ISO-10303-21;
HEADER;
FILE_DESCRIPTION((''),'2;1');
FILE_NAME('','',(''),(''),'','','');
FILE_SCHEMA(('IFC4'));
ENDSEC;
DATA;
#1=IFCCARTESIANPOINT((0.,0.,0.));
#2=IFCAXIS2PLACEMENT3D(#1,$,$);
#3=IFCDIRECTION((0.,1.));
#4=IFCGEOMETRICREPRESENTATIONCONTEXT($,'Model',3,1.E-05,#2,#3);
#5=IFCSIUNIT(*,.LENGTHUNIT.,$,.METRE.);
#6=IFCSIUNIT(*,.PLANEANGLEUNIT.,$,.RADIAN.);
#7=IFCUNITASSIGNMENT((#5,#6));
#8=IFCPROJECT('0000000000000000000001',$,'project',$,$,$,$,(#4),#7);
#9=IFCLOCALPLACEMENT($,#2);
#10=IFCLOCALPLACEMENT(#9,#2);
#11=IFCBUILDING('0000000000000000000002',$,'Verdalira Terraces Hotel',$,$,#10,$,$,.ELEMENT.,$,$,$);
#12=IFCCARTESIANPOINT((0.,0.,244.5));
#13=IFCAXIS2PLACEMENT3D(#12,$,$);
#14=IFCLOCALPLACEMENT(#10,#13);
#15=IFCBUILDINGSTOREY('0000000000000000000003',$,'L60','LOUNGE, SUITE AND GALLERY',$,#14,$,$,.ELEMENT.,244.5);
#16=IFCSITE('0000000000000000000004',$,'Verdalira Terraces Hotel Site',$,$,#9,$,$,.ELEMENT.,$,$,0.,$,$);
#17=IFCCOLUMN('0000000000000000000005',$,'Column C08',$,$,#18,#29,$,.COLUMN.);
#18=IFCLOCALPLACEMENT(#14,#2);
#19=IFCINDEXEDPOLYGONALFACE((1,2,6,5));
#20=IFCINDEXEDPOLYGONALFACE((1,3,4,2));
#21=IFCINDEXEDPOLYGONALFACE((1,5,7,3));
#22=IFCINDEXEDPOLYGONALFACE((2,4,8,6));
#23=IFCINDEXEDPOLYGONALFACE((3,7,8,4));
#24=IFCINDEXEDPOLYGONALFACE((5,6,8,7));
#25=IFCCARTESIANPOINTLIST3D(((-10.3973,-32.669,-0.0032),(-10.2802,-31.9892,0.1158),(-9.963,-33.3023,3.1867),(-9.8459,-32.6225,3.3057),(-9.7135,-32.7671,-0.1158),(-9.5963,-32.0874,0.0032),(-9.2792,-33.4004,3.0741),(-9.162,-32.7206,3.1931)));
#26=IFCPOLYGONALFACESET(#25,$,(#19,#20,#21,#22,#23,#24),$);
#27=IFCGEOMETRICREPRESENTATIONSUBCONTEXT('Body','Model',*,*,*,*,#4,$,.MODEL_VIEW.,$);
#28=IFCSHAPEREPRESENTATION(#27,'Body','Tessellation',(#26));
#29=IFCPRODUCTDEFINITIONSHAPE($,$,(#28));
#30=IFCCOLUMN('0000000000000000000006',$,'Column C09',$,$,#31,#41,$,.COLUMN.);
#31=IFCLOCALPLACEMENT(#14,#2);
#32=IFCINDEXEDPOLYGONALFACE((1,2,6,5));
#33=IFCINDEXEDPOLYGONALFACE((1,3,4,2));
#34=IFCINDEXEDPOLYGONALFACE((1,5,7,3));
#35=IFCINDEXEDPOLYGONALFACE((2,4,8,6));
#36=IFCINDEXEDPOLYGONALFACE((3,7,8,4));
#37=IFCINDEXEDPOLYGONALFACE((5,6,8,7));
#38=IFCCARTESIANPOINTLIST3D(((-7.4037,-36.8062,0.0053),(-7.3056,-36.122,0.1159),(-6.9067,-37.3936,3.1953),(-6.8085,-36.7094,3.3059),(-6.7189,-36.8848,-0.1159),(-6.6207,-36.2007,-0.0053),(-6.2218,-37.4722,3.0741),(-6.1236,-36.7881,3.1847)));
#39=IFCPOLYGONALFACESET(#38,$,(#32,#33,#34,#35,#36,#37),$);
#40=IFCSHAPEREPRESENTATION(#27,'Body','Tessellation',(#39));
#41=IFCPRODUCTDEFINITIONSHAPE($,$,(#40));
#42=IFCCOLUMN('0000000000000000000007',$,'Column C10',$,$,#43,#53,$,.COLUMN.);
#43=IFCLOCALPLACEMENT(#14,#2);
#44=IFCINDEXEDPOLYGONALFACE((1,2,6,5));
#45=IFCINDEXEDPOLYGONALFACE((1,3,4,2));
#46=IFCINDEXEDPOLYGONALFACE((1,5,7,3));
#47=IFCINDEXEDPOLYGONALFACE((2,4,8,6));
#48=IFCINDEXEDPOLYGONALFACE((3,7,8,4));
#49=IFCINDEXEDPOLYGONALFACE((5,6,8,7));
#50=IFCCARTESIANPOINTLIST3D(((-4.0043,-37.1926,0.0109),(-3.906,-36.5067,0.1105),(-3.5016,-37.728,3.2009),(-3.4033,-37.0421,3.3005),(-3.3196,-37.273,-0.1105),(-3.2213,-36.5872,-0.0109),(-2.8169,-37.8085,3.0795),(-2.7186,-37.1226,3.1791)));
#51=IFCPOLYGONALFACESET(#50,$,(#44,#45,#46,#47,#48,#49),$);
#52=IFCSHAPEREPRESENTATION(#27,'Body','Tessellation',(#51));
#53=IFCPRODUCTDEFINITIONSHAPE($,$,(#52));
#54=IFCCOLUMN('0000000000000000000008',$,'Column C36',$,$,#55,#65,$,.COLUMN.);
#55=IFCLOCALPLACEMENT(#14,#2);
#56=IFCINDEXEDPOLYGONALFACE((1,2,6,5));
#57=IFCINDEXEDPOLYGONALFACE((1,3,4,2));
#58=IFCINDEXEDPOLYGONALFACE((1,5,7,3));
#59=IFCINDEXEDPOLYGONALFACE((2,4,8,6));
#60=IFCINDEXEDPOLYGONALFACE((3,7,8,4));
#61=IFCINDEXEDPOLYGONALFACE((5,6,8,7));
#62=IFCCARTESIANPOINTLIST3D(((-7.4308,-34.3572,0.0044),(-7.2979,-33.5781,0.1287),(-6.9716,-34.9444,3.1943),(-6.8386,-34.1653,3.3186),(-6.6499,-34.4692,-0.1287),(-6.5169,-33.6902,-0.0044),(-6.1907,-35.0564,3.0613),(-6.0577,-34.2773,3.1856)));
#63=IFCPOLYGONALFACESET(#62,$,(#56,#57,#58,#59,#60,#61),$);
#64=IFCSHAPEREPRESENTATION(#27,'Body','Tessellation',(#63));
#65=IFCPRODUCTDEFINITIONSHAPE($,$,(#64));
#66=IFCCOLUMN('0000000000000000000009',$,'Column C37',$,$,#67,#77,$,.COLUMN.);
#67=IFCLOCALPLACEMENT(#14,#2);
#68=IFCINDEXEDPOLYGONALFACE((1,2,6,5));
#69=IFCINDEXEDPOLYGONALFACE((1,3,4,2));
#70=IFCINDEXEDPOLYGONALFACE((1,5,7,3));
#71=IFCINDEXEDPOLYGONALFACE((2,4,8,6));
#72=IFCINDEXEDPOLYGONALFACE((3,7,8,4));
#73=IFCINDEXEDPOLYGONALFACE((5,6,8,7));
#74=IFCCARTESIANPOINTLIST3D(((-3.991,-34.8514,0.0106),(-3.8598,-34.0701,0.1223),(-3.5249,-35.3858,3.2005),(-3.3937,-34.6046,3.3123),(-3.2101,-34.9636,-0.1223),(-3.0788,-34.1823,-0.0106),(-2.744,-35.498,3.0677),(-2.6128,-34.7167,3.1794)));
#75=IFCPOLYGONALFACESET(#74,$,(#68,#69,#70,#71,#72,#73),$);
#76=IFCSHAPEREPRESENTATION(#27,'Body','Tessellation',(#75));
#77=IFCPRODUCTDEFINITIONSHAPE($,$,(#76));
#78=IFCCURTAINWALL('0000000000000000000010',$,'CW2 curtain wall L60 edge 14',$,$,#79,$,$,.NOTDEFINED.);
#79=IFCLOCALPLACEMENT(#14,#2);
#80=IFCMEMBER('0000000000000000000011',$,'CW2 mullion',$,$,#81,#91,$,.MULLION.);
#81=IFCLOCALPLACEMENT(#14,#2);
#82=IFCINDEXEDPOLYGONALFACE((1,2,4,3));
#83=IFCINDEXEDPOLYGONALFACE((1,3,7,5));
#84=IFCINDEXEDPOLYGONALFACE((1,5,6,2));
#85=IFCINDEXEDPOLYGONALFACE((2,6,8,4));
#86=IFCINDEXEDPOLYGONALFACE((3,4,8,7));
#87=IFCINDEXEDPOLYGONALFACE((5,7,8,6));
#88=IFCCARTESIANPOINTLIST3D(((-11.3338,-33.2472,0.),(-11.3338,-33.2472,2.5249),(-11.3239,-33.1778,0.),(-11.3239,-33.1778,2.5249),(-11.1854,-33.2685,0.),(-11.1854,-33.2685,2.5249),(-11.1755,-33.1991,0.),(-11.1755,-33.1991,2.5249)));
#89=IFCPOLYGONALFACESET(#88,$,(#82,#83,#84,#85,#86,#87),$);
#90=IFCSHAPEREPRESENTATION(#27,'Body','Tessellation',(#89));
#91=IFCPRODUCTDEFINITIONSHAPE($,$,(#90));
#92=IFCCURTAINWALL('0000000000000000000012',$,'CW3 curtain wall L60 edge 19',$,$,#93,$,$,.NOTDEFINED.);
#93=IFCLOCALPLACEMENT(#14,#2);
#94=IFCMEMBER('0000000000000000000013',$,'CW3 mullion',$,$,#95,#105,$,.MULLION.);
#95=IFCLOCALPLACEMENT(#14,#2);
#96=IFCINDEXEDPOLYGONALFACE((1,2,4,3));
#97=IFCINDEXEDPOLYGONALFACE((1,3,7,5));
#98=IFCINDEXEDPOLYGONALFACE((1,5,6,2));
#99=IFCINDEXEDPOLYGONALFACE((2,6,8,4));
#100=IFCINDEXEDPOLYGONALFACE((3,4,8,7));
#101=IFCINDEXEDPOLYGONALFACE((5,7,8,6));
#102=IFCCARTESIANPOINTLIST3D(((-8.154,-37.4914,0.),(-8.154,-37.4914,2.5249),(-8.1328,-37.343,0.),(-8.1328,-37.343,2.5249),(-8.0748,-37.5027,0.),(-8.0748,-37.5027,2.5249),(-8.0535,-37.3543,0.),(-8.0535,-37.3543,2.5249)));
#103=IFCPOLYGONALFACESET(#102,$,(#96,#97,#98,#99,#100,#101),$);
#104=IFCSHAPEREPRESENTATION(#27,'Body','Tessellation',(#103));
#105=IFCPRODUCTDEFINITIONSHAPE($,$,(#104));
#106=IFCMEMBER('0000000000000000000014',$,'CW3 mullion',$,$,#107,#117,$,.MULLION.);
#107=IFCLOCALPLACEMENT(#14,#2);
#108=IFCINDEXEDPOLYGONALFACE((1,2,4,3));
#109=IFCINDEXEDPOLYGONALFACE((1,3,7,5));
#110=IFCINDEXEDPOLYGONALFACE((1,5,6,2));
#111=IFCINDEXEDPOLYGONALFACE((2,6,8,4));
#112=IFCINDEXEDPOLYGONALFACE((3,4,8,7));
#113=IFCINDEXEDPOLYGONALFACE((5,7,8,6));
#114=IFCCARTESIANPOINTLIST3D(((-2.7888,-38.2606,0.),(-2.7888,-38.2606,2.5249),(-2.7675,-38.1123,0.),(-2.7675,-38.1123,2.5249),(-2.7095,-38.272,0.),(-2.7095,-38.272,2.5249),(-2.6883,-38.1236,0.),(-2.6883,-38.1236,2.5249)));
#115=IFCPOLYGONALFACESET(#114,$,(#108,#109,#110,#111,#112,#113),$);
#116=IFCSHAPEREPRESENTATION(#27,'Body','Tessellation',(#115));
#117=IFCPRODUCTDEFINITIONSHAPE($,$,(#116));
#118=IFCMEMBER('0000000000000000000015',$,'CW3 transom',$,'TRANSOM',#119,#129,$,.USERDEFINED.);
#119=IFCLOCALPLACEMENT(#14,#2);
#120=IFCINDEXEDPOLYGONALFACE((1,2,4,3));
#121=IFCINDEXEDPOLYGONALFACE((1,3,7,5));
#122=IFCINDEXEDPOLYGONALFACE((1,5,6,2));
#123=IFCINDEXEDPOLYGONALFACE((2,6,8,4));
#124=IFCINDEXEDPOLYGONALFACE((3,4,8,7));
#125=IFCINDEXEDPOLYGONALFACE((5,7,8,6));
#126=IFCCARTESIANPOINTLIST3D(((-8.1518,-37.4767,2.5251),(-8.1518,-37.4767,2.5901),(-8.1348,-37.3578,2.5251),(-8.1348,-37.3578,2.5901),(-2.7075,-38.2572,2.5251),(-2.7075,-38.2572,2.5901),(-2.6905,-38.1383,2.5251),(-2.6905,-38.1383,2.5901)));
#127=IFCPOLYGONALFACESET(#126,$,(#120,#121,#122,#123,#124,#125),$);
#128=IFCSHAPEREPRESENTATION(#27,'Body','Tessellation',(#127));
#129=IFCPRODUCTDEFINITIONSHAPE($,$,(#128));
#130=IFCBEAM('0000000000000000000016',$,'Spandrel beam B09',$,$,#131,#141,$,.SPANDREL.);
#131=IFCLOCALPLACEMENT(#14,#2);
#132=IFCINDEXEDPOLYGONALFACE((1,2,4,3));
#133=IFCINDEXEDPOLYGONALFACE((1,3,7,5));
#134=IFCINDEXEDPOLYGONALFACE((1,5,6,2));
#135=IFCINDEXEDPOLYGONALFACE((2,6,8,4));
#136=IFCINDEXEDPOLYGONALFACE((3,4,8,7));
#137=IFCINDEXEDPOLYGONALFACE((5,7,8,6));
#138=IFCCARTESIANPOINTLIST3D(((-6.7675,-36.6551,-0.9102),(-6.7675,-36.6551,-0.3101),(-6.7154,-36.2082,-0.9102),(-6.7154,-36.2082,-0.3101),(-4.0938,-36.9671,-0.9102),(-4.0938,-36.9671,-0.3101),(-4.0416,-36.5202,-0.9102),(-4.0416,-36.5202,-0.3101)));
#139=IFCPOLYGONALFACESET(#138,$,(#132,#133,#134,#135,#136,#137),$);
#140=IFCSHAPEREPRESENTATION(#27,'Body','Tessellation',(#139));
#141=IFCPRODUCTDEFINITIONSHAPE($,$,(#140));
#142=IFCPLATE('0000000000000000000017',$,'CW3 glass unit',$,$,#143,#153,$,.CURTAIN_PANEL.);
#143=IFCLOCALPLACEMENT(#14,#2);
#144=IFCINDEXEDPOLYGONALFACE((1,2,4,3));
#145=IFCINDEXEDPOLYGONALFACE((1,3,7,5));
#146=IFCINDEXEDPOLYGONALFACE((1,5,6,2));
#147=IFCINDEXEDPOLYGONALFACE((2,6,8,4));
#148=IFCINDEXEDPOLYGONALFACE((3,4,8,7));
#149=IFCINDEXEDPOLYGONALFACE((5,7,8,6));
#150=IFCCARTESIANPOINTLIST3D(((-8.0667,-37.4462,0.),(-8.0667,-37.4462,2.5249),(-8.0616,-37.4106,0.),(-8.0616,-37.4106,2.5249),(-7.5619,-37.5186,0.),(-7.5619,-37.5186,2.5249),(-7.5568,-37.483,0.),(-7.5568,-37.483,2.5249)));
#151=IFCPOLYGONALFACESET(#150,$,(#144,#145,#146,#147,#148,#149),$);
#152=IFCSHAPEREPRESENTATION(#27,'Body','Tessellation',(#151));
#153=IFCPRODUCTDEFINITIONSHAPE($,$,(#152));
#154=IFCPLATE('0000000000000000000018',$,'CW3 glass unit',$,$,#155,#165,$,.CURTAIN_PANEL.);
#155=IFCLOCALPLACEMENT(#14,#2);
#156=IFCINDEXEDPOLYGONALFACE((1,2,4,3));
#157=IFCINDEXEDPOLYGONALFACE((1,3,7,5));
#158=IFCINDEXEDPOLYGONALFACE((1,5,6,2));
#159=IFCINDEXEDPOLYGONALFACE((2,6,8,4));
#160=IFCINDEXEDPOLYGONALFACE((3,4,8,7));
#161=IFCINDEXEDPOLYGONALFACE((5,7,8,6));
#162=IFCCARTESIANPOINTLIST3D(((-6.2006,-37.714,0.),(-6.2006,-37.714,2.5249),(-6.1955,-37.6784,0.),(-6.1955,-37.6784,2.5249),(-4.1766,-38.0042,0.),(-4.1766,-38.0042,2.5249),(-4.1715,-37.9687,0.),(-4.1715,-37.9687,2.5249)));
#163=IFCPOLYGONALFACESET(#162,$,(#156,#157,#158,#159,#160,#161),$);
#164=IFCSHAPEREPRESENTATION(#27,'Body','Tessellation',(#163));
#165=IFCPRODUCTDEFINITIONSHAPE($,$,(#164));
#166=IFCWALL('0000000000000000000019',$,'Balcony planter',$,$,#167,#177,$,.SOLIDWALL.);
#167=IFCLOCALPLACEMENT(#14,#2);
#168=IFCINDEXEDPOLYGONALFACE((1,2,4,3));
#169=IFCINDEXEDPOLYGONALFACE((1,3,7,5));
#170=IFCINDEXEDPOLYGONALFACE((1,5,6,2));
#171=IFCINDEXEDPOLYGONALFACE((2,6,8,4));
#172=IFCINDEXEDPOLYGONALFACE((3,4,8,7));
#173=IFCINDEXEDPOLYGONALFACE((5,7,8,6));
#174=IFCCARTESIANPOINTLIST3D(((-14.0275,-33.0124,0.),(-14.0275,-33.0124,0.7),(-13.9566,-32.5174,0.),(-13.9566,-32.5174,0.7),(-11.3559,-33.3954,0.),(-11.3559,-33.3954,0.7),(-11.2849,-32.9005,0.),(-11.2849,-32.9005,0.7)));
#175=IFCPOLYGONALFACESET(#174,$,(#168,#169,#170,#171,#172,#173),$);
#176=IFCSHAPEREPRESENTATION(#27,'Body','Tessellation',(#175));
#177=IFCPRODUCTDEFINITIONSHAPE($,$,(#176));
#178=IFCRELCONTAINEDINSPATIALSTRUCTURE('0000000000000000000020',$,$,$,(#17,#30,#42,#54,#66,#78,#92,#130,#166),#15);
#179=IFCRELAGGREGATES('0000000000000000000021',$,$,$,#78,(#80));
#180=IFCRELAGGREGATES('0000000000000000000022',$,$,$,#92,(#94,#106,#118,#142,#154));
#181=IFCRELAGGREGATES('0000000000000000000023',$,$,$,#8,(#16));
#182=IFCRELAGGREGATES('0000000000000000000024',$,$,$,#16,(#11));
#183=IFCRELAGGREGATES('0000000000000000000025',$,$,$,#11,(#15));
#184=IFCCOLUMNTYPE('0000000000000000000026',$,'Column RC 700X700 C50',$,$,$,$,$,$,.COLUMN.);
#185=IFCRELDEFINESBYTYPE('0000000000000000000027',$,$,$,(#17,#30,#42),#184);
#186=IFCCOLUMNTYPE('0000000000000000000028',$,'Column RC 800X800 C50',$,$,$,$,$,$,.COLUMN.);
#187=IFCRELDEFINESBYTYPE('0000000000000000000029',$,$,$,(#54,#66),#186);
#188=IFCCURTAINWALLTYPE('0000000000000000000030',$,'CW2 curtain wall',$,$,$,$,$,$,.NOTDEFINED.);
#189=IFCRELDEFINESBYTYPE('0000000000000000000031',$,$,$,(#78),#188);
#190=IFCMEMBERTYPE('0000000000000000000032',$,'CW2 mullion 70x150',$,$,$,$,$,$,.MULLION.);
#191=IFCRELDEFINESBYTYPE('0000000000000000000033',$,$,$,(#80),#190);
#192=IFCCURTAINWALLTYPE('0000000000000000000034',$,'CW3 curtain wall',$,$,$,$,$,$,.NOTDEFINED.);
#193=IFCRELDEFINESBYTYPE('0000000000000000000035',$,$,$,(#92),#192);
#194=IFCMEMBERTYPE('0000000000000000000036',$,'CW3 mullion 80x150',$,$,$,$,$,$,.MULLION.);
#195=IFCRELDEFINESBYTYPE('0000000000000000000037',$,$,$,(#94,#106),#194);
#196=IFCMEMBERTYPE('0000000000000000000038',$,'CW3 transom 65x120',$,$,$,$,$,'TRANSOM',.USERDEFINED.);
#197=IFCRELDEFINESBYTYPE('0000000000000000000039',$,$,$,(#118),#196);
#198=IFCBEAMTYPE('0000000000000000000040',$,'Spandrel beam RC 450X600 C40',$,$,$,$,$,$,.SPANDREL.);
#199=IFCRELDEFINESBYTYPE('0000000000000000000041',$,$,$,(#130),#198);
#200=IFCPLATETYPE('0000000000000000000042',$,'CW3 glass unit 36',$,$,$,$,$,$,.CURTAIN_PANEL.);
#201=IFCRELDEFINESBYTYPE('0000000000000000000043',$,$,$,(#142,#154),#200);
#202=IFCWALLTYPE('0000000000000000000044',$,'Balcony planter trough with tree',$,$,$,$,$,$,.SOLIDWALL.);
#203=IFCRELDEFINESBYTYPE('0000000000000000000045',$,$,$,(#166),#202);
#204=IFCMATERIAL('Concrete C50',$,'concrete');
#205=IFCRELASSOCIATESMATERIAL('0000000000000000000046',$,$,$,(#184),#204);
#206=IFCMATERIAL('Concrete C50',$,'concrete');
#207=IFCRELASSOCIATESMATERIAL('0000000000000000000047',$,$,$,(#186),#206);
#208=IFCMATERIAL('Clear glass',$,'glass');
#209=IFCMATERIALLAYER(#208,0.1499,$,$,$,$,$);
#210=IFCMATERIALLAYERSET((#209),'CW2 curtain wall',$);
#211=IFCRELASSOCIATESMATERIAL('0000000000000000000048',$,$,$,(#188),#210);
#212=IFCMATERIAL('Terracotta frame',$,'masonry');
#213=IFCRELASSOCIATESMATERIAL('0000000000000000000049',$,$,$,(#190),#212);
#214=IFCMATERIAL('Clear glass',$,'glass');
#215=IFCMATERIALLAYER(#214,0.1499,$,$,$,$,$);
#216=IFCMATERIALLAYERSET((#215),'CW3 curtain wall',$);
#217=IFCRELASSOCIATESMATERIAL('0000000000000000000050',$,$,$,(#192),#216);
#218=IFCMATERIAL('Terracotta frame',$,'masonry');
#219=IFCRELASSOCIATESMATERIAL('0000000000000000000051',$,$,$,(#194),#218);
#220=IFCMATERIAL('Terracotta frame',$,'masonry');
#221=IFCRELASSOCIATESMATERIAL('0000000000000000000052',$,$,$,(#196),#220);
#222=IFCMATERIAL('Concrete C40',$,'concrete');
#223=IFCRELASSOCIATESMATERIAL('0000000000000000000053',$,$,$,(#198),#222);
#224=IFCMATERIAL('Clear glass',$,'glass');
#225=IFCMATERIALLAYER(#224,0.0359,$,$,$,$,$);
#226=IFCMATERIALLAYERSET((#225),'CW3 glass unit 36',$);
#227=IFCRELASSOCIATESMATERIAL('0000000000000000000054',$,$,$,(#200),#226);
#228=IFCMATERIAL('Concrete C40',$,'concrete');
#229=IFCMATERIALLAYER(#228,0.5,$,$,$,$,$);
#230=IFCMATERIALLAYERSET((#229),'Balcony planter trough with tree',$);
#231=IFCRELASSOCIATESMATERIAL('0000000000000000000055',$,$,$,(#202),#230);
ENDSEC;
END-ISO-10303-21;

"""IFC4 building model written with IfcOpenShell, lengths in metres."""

from ifc_helpers import new_model, si_unit, direction, frame, frame_2d, origin, origin_2d, place, context, subcontext, project, spatial, rectangle, extrude, material, layer, layer_set, material_profile, profile_set, type_object, element, aggregate, save


model = new_model("IFC4")

# Units and contexts
model_context = context("Model", 3, precision=1e-05, world=origin(), true_north=direction((0.0, 1.0)))
body_context = subcontext(model_context, "Body", "Model", "MODEL_VIEW")
ifc_project = project(units=[si_unit("LENGTHUNIT", "METRE"), si_unit("PLANEANGLEUNIT", "RADIAN")], contexts=[model_context])

# Site, building, storey
site_placement = place(None, origin())
site = spatial("IfcSite", under=ifc_project, at=site_placement, Name="Verdalira Terraces Hotel Site", CompositionType="ELEMENT", RefElevation=0.0)
building_placement = place(site_placement, origin())
building = spatial("IfcBuilding", under=site, at=building_placement, Name="Verdalira Terraces Hotel", CompositionType="ELEMENT")
storey_placement = place(building_placement, frame((0.0, 0.0, 244.5)))
storey = spatial("IfcBuildingStorey", under=building, at=storey_placement, Name="L60", Description="LOUNGE, SUITE AND GALLERY", CompositionType="ELEMENT", Elevation=244.5)

# Columns
ifc_material_1 = material(Name="Concrete C50", Category="concrete")
ifc_material_profile_1 = material_profile(ifc_material_1, rectangle(XDim=0.7, YDim=0.7, at=origin_2d()), Name="RC 700X700")
ifc_profile_set_1 = profile_set([ifc_material_profile_1], Name="Concrete C50")
column_type_1 = type_object("IfcColumnType", Name="Column RC 700X700 C50", PredefinedType="COLUMN", material=ifc_profile_set_1)
column_1_placement = place(storey_placement, frame((-9.9968, -32.3782, 0.0), z_axis=(0.132373, -0.193016, 0.972225), x_axis=(-0.167324, -0.971132, -0.170017)))
element("IfcColumn", 1, at=column_1_placement, inside=storey, type_object=column_type_1, Name="Column C08", PredefinedType="COLUMN", context=body_context, shape_type="SweptSolid", body=[
    extrude(rectangle(XDim=0.7, YDim=0.7, at=origin_2d()), origin(), (0.0, 0.0, 1.0), 3.281),
])
column_2_placement = place(storey_placement, frame((-7.0122, -36.5034, 0.0), z_axis=(0.151479, -0.179008, 0.972116), x_axis=(0.978459, -0.112396, -0.173164)))
element("IfcColumn", 2, at=column_2_placement, inside=storey, type_object=column_type_1, Name="Column C09", PredefinedType="COLUMN", context=body_context, shape_type="SweptSolid", body=[
    extrude(rectangle(XDim=0.7, YDim=0.7, at=origin_2d()), origin(), (0.0, 0.0, 1.0), 3.2815),
])
column_3_placement = place(storey_placement, frame((-3.6128, -36.8899, 0.0), z_axis=(0.153567, -0.163562, 0.974507), x_axis=(0.978108, -0.114997, -0.173436)))
element("IfcColumn", 3, at=column_3_placement, inside=storey, type_object=column_type_1, Name="Column C10", PredefinedType="COLUMN", context=body_context, shape_type="SweptSolid", body=[
    extrude(rectangle(XDim=0.7, YDim=0.7, at=origin_2d()), origin(), (0.0, 0.0, 1.0), 3.2734),
])
ifc_material_2 = material(Name="Concrete C50", Category="concrete")
ifc_material_profile_2 = material_profile(ifc_material_2, rectangle(XDim=0.8, YDim=0.8, at=origin_2d()), Name="RC 800X800")
ifc_profile_set_2 = profile_set([ifc_material_profile_2], Name="Concrete C50")
column_type_2 = type_object("IfcColumnType", Name="Column RC 800X800 C50", PredefinedType="COLUMN", material=ifc_profile_set_2)
column_4_placement = place(storey_placement, frame((-6.9739, -34.0237, 0.0), z_axis=(0.140185, -0.179237, 0.973767), x_axis=(-0.16618, -0.973787, -0.155317)))
element("IfcColumn", 4, at=column_4_placement, inside=storey, type_object=column_type_2, Name="Column C36", PredefinedType="COLUMN", context=body_context, shape_type="SweptSolid", body=[
    extrude(rectangle(XDim=0.8, YDim=0.8, at=origin_2d()), origin(), (0.0, 0.0, 1.0), 3.2759),
])
column_5_placement = place(storey_placement, frame((-3.5349, -34.5168, 0.0), z_axis=(0.142623, -0.163542, 0.976172), x_axis=(-0.164019, -0.976524, -0.139637)))
element("IfcColumn", 5, at=column_5_placement, inside=storey, type_object=column_type_2, Name="Column C37", PredefinedType="COLUMN", context=body_context, shape_type="SweptSolid", body=[
    extrude(rectangle(XDim=0.8, YDim=0.8, at=origin_2d()), origin(), (0.0, 0.0, 1.0), 3.2678),
])

# Curtain wall, member
ifc_material_3 = material(Name="Clear glass", Category="glass")
ifc_layer_1 = layer(ifc_material_3, 0.1499)
ifc_layer_set_1 = layer_set([ifc_layer_1], Name="CW2 curtain wall")
curtain_wall_type_1 = type_object("IfcCurtainWallType", Name="CW2 curtain wall", PredefinedType="NOTDEFINED", material=ifc_layer_set_1)
curtain_wall_1_placement = place(storey_placement, origin())
curtain_wall_1 = element("IfcCurtainWall", 6, at=curtain_wall_1_placement, inside=storey, type_object=curtain_wall_type_1, Name="CW2 curtain wall L60 edge 14", PredefinedType="NOTDEFINED")
ifc_material_4 = material(Name="Terracotta frame", Category="masonry")
ifc_material_profile_3 = material_profile(ifc_material_4, rectangle(XDim=0.0701, YDim=0.1499, at=origin_2d()), Name="MU 70x150")
ifc_profile_set_3 = profile_set([ifc_material_profile_3], Name="Terracotta frame")
member_type_1 = type_object("IfcMemberType", Name="CW2 mullion 70x150", PredefinedType="MULLION", material=ifc_profile_set_3)
member_1_placement = place(storey_placement, frame((-11.2546, -33.2231, 0.0), z_axis=(0.0, 0.0, 1.0), x_axis=(-0.141938, -0.989876, 0.0)))
member_1 = element("IfcMember", 7, at=member_1_placement, type_object=member_type_1, Name="CW2 mullion", PredefinedType="MULLION", context=body_context, shape_type="SweptSolid", body=[
    extrude(rectangle(XDim=0.0701, YDim=0.1499, at=origin_2d()), origin(), (0.0, 0.0, 1.0), 2.5249),
])
aggregate(curtain_wall_1, [member_1])

# Curtain wall, members
ifc_material_5 = material(Name="Clear glass", Category="glass")
ifc_layer_2 = layer(ifc_material_5, 0.1499)
ifc_layer_set_2 = layer_set([ifc_layer_2], Name="CW3 curtain wall")
curtain_wall_type_2 = type_object("IfcCurtainWallType", Name="CW3 curtain wall", PredefinedType="NOTDEFINED", material=ifc_layer_set_2)
curtain_wall_2_placement = place(storey_placement, origin())
curtain_wall_2 = element("IfcCurtainWall", 8, at=curtain_wall_2_placement, inside=storey, type_object=curtain_wall_type_2, Name="CW3 curtain wall L60 edge 19", PredefinedType="NOTDEFINED")
ifc_material_6 = material(Name="Terracotta frame", Category="masonry")
ifc_material_profile_4 = material_profile(ifc_material_6, rectangle(XDim=0.0801, YDim=0.1499, at=origin_2d()), Name="MU 80x150")
ifc_profile_set_4 = profile_set([ifc_material_profile_4], Name="Terracotta frame")
member_type_2 = type_object("IfcMemberType", Name="CW3 mullion 80x150", PredefinedType="MULLION", material=ifc_profile_set_4)
member_2_placement = place(storey_placement, frame((-8.1038, -37.4229, 0.0), z_axis=(0.0, 0.0, 1.0), x_axis=(0.989876, -0.141938, 0.0)))
member_2 = element("IfcMember", 9, at=member_2_placement, type_object=member_type_2, Name="CW3 mullion", PredefinedType="MULLION", context=body_context, shape_type="SweptSolid", body=[
    extrude(rectangle(XDim=0.0801, YDim=0.1499, at=origin_2d()), origin(), (0.0, 0.0, 1.0), 2.5249),
])
member_3_placement = place(storey_placement, frame((-2.7385, -38.1921, 0.0), z_axis=(0.0, 0.0, 1.0), x_axis=(0.989876, -0.141938, 0.0)))
member_3 = element("IfcMember", 10, at=member_3_placement, type_object=member_type_2, Name="CW3 mullion", PredefinedType="MULLION", context=body_context, shape_type="SweptSolid", body=[
    extrude(rectangle(XDim=0.0801, YDim=0.1499, at=origin_2d()), origin(), (0.0, 0.0, 1.0), 2.5249),
])
ifc_material_7 = material(Name="Terracotta frame", Category="masonry")
ifc_material_profile_5 = material_profile(ifc_material_7, rectangle(XDim=0.1201, YDim=0.0649, at=origin_2d()), Name="TR 65x120")
ifc_profile_set_5 = profile_set([ifc_material_profile_5], Name="Terracotta frame")
member_type_3 = type_object("IfcMemberType", Name="CW3 transom 65x120", ElementType="TRANSOM", PredefinedType="USERDEFINED", material=ifc_profile_set_5)
member_4_placement = place(storey_placement, frame((-8.1433, -37.4172, 2.5576), z_axis=(0.989879, -0.141912, 0.0), x_axis=(0.141912, 0.989879, 0.0)))
member_4 = element("IfcMember", 11, at=member_4_placement, type_object=member_type_3, Name="CW3 transom", ObjectType="TRANSOM", PredefinedType="USERDEFINED", context=body_context, shape_type="SweptSolid", body=[
    extrude(rectangle(XDim=0.1201, YDim=0.0649, at=origin_2d()), origin(), (0.0, 0.0, 1.0), 5.5),
])

# Beam
ifc_material_8 = material(Name="Concrete C40", Category="concrete")
ifc_material_profile_6 = material_profile(ifc_material_8, rectangle(XDim=0.45, YDim=0.6001, at=origin_2d()), Name="RC 450X600")
ifc_profile_set_6 = profile_set([ifc_material_profile_6], Name="Concrete C40")
beam_type = type_object("IfcBeamType", Name="Spandrel beam RC 450X600 C40", PredefinedType="SPANDREL", material=ifc_profile_set_6)
beam_placement = place(storey_placement, frame((-6.7415, -36.4316, -0.6101), z_axis=(0.99326, -0.115905, 0.0), x_axis=(0.115905, 0.99326, 0.0)))
element("IfcBeam", 12, at=beam_placement, inside=storey, type_object=beam_type, Name="Spandrel beam B09", PredefinedType="SPANDREL", context=body_context, shape_type="SweptSolid", body=[
    extrude(rectangle(XDim=0.45, YDim=0.6001, at=origin_2d()), origin(), (0.0, 0.0, 1.0), 2.6919),
])

# Plates
ifc_material_9 = material(Name="Clear glass", Category="glass")
ifc_layer_3 = layer(ifc_material_9, 0.0359)
ifc_layer_set_3 = layer_set([ifc_layer_3], Name="CW3 glass unit 36")
plate_type = type_object("IfcPlateType", Name="CW3 glass unit 36", PredefinedType="CURTAIN_PANEL", material=ifc_layer_set_3)
plate_1_placement = place(storey_placement, frame((-7.8118, -37.4646, 0.0), z_axis=(0.0, 0.0, 1.0), x_axis=(0.989876, -0.141938, 0.0)))
plate_1 = element("IfcPlate", 13, at=plate_1_placement, type_object=plate_type, Name="CW3 glass unit", PredefinedType="CURTAIN_PANEL", context=body_context, shape_type="SweptSolid", body=[
    extrude(rectangle(XDim=0.51, YDim=0.0359, at=origin_2d()), origin(), (0.0, 0.0, 1.0), 2.5249),
])
plate_2_placement = place(storey_placement, frame((-5.186, -37.8413, 0.0), z_axis=(0.0, 0.0, 1.0), x_axis=(0.989876, -0.141938, 0.0)))
plate_2 = element("IfcPlate", 14, at=plate_2_placement, type_object=plate_type, Name="CW3 glass unit", PredefinedType="CURTAIN_PANEL", context=body_context, shape_type="SweptSolid", body=[
    extrude(rectangle(XDim=2.0447, YDim=0.0359, at=origin_2d()), origin(), (0.0, 0.0, 1.0), 2.5249),
])
aggregate(curtain_wall_2, [member_2, member_3, member_4, plate_1, plate_2])

# Wall
ifc_material_10 = material(Name="Concrete C40", Category="concrete")
ifc_layer_4 = layer(ifc_material_10, 0.5)
ifc_layer_set_4 = layer_set([ifc_layer_4], Name="Balcony planter trough with tree")
wall_type_1 = type_object("IfcWallType", Name="Balcony planter trough with tree", PredefinedType="SOLIDWALL", material=ifc_layer_set_4)
wall_1_placement = place(storey_placement, frame((-13.9922, -32.7649, 0.0), z_axis=(0.0, 0.0, 1.0), x_axis=(0.989877, -0.141928, 0.0)))
element("IfcWall", 15, at=wall_1_placement, inside=storey, type_object=wall_type_1, Name="Balcony planter", PredefinedType="SOLIDWALL", context=body_context, shape_type="SweptSolid", body=[
    extrude(rectangle(XDim=2.699, YDim=0.5, at=frame_2d((1.3496, 0.0))), origin(), (0.0, 0.0, 1.0), 0.7),
])

save(model, "model.ifc")
